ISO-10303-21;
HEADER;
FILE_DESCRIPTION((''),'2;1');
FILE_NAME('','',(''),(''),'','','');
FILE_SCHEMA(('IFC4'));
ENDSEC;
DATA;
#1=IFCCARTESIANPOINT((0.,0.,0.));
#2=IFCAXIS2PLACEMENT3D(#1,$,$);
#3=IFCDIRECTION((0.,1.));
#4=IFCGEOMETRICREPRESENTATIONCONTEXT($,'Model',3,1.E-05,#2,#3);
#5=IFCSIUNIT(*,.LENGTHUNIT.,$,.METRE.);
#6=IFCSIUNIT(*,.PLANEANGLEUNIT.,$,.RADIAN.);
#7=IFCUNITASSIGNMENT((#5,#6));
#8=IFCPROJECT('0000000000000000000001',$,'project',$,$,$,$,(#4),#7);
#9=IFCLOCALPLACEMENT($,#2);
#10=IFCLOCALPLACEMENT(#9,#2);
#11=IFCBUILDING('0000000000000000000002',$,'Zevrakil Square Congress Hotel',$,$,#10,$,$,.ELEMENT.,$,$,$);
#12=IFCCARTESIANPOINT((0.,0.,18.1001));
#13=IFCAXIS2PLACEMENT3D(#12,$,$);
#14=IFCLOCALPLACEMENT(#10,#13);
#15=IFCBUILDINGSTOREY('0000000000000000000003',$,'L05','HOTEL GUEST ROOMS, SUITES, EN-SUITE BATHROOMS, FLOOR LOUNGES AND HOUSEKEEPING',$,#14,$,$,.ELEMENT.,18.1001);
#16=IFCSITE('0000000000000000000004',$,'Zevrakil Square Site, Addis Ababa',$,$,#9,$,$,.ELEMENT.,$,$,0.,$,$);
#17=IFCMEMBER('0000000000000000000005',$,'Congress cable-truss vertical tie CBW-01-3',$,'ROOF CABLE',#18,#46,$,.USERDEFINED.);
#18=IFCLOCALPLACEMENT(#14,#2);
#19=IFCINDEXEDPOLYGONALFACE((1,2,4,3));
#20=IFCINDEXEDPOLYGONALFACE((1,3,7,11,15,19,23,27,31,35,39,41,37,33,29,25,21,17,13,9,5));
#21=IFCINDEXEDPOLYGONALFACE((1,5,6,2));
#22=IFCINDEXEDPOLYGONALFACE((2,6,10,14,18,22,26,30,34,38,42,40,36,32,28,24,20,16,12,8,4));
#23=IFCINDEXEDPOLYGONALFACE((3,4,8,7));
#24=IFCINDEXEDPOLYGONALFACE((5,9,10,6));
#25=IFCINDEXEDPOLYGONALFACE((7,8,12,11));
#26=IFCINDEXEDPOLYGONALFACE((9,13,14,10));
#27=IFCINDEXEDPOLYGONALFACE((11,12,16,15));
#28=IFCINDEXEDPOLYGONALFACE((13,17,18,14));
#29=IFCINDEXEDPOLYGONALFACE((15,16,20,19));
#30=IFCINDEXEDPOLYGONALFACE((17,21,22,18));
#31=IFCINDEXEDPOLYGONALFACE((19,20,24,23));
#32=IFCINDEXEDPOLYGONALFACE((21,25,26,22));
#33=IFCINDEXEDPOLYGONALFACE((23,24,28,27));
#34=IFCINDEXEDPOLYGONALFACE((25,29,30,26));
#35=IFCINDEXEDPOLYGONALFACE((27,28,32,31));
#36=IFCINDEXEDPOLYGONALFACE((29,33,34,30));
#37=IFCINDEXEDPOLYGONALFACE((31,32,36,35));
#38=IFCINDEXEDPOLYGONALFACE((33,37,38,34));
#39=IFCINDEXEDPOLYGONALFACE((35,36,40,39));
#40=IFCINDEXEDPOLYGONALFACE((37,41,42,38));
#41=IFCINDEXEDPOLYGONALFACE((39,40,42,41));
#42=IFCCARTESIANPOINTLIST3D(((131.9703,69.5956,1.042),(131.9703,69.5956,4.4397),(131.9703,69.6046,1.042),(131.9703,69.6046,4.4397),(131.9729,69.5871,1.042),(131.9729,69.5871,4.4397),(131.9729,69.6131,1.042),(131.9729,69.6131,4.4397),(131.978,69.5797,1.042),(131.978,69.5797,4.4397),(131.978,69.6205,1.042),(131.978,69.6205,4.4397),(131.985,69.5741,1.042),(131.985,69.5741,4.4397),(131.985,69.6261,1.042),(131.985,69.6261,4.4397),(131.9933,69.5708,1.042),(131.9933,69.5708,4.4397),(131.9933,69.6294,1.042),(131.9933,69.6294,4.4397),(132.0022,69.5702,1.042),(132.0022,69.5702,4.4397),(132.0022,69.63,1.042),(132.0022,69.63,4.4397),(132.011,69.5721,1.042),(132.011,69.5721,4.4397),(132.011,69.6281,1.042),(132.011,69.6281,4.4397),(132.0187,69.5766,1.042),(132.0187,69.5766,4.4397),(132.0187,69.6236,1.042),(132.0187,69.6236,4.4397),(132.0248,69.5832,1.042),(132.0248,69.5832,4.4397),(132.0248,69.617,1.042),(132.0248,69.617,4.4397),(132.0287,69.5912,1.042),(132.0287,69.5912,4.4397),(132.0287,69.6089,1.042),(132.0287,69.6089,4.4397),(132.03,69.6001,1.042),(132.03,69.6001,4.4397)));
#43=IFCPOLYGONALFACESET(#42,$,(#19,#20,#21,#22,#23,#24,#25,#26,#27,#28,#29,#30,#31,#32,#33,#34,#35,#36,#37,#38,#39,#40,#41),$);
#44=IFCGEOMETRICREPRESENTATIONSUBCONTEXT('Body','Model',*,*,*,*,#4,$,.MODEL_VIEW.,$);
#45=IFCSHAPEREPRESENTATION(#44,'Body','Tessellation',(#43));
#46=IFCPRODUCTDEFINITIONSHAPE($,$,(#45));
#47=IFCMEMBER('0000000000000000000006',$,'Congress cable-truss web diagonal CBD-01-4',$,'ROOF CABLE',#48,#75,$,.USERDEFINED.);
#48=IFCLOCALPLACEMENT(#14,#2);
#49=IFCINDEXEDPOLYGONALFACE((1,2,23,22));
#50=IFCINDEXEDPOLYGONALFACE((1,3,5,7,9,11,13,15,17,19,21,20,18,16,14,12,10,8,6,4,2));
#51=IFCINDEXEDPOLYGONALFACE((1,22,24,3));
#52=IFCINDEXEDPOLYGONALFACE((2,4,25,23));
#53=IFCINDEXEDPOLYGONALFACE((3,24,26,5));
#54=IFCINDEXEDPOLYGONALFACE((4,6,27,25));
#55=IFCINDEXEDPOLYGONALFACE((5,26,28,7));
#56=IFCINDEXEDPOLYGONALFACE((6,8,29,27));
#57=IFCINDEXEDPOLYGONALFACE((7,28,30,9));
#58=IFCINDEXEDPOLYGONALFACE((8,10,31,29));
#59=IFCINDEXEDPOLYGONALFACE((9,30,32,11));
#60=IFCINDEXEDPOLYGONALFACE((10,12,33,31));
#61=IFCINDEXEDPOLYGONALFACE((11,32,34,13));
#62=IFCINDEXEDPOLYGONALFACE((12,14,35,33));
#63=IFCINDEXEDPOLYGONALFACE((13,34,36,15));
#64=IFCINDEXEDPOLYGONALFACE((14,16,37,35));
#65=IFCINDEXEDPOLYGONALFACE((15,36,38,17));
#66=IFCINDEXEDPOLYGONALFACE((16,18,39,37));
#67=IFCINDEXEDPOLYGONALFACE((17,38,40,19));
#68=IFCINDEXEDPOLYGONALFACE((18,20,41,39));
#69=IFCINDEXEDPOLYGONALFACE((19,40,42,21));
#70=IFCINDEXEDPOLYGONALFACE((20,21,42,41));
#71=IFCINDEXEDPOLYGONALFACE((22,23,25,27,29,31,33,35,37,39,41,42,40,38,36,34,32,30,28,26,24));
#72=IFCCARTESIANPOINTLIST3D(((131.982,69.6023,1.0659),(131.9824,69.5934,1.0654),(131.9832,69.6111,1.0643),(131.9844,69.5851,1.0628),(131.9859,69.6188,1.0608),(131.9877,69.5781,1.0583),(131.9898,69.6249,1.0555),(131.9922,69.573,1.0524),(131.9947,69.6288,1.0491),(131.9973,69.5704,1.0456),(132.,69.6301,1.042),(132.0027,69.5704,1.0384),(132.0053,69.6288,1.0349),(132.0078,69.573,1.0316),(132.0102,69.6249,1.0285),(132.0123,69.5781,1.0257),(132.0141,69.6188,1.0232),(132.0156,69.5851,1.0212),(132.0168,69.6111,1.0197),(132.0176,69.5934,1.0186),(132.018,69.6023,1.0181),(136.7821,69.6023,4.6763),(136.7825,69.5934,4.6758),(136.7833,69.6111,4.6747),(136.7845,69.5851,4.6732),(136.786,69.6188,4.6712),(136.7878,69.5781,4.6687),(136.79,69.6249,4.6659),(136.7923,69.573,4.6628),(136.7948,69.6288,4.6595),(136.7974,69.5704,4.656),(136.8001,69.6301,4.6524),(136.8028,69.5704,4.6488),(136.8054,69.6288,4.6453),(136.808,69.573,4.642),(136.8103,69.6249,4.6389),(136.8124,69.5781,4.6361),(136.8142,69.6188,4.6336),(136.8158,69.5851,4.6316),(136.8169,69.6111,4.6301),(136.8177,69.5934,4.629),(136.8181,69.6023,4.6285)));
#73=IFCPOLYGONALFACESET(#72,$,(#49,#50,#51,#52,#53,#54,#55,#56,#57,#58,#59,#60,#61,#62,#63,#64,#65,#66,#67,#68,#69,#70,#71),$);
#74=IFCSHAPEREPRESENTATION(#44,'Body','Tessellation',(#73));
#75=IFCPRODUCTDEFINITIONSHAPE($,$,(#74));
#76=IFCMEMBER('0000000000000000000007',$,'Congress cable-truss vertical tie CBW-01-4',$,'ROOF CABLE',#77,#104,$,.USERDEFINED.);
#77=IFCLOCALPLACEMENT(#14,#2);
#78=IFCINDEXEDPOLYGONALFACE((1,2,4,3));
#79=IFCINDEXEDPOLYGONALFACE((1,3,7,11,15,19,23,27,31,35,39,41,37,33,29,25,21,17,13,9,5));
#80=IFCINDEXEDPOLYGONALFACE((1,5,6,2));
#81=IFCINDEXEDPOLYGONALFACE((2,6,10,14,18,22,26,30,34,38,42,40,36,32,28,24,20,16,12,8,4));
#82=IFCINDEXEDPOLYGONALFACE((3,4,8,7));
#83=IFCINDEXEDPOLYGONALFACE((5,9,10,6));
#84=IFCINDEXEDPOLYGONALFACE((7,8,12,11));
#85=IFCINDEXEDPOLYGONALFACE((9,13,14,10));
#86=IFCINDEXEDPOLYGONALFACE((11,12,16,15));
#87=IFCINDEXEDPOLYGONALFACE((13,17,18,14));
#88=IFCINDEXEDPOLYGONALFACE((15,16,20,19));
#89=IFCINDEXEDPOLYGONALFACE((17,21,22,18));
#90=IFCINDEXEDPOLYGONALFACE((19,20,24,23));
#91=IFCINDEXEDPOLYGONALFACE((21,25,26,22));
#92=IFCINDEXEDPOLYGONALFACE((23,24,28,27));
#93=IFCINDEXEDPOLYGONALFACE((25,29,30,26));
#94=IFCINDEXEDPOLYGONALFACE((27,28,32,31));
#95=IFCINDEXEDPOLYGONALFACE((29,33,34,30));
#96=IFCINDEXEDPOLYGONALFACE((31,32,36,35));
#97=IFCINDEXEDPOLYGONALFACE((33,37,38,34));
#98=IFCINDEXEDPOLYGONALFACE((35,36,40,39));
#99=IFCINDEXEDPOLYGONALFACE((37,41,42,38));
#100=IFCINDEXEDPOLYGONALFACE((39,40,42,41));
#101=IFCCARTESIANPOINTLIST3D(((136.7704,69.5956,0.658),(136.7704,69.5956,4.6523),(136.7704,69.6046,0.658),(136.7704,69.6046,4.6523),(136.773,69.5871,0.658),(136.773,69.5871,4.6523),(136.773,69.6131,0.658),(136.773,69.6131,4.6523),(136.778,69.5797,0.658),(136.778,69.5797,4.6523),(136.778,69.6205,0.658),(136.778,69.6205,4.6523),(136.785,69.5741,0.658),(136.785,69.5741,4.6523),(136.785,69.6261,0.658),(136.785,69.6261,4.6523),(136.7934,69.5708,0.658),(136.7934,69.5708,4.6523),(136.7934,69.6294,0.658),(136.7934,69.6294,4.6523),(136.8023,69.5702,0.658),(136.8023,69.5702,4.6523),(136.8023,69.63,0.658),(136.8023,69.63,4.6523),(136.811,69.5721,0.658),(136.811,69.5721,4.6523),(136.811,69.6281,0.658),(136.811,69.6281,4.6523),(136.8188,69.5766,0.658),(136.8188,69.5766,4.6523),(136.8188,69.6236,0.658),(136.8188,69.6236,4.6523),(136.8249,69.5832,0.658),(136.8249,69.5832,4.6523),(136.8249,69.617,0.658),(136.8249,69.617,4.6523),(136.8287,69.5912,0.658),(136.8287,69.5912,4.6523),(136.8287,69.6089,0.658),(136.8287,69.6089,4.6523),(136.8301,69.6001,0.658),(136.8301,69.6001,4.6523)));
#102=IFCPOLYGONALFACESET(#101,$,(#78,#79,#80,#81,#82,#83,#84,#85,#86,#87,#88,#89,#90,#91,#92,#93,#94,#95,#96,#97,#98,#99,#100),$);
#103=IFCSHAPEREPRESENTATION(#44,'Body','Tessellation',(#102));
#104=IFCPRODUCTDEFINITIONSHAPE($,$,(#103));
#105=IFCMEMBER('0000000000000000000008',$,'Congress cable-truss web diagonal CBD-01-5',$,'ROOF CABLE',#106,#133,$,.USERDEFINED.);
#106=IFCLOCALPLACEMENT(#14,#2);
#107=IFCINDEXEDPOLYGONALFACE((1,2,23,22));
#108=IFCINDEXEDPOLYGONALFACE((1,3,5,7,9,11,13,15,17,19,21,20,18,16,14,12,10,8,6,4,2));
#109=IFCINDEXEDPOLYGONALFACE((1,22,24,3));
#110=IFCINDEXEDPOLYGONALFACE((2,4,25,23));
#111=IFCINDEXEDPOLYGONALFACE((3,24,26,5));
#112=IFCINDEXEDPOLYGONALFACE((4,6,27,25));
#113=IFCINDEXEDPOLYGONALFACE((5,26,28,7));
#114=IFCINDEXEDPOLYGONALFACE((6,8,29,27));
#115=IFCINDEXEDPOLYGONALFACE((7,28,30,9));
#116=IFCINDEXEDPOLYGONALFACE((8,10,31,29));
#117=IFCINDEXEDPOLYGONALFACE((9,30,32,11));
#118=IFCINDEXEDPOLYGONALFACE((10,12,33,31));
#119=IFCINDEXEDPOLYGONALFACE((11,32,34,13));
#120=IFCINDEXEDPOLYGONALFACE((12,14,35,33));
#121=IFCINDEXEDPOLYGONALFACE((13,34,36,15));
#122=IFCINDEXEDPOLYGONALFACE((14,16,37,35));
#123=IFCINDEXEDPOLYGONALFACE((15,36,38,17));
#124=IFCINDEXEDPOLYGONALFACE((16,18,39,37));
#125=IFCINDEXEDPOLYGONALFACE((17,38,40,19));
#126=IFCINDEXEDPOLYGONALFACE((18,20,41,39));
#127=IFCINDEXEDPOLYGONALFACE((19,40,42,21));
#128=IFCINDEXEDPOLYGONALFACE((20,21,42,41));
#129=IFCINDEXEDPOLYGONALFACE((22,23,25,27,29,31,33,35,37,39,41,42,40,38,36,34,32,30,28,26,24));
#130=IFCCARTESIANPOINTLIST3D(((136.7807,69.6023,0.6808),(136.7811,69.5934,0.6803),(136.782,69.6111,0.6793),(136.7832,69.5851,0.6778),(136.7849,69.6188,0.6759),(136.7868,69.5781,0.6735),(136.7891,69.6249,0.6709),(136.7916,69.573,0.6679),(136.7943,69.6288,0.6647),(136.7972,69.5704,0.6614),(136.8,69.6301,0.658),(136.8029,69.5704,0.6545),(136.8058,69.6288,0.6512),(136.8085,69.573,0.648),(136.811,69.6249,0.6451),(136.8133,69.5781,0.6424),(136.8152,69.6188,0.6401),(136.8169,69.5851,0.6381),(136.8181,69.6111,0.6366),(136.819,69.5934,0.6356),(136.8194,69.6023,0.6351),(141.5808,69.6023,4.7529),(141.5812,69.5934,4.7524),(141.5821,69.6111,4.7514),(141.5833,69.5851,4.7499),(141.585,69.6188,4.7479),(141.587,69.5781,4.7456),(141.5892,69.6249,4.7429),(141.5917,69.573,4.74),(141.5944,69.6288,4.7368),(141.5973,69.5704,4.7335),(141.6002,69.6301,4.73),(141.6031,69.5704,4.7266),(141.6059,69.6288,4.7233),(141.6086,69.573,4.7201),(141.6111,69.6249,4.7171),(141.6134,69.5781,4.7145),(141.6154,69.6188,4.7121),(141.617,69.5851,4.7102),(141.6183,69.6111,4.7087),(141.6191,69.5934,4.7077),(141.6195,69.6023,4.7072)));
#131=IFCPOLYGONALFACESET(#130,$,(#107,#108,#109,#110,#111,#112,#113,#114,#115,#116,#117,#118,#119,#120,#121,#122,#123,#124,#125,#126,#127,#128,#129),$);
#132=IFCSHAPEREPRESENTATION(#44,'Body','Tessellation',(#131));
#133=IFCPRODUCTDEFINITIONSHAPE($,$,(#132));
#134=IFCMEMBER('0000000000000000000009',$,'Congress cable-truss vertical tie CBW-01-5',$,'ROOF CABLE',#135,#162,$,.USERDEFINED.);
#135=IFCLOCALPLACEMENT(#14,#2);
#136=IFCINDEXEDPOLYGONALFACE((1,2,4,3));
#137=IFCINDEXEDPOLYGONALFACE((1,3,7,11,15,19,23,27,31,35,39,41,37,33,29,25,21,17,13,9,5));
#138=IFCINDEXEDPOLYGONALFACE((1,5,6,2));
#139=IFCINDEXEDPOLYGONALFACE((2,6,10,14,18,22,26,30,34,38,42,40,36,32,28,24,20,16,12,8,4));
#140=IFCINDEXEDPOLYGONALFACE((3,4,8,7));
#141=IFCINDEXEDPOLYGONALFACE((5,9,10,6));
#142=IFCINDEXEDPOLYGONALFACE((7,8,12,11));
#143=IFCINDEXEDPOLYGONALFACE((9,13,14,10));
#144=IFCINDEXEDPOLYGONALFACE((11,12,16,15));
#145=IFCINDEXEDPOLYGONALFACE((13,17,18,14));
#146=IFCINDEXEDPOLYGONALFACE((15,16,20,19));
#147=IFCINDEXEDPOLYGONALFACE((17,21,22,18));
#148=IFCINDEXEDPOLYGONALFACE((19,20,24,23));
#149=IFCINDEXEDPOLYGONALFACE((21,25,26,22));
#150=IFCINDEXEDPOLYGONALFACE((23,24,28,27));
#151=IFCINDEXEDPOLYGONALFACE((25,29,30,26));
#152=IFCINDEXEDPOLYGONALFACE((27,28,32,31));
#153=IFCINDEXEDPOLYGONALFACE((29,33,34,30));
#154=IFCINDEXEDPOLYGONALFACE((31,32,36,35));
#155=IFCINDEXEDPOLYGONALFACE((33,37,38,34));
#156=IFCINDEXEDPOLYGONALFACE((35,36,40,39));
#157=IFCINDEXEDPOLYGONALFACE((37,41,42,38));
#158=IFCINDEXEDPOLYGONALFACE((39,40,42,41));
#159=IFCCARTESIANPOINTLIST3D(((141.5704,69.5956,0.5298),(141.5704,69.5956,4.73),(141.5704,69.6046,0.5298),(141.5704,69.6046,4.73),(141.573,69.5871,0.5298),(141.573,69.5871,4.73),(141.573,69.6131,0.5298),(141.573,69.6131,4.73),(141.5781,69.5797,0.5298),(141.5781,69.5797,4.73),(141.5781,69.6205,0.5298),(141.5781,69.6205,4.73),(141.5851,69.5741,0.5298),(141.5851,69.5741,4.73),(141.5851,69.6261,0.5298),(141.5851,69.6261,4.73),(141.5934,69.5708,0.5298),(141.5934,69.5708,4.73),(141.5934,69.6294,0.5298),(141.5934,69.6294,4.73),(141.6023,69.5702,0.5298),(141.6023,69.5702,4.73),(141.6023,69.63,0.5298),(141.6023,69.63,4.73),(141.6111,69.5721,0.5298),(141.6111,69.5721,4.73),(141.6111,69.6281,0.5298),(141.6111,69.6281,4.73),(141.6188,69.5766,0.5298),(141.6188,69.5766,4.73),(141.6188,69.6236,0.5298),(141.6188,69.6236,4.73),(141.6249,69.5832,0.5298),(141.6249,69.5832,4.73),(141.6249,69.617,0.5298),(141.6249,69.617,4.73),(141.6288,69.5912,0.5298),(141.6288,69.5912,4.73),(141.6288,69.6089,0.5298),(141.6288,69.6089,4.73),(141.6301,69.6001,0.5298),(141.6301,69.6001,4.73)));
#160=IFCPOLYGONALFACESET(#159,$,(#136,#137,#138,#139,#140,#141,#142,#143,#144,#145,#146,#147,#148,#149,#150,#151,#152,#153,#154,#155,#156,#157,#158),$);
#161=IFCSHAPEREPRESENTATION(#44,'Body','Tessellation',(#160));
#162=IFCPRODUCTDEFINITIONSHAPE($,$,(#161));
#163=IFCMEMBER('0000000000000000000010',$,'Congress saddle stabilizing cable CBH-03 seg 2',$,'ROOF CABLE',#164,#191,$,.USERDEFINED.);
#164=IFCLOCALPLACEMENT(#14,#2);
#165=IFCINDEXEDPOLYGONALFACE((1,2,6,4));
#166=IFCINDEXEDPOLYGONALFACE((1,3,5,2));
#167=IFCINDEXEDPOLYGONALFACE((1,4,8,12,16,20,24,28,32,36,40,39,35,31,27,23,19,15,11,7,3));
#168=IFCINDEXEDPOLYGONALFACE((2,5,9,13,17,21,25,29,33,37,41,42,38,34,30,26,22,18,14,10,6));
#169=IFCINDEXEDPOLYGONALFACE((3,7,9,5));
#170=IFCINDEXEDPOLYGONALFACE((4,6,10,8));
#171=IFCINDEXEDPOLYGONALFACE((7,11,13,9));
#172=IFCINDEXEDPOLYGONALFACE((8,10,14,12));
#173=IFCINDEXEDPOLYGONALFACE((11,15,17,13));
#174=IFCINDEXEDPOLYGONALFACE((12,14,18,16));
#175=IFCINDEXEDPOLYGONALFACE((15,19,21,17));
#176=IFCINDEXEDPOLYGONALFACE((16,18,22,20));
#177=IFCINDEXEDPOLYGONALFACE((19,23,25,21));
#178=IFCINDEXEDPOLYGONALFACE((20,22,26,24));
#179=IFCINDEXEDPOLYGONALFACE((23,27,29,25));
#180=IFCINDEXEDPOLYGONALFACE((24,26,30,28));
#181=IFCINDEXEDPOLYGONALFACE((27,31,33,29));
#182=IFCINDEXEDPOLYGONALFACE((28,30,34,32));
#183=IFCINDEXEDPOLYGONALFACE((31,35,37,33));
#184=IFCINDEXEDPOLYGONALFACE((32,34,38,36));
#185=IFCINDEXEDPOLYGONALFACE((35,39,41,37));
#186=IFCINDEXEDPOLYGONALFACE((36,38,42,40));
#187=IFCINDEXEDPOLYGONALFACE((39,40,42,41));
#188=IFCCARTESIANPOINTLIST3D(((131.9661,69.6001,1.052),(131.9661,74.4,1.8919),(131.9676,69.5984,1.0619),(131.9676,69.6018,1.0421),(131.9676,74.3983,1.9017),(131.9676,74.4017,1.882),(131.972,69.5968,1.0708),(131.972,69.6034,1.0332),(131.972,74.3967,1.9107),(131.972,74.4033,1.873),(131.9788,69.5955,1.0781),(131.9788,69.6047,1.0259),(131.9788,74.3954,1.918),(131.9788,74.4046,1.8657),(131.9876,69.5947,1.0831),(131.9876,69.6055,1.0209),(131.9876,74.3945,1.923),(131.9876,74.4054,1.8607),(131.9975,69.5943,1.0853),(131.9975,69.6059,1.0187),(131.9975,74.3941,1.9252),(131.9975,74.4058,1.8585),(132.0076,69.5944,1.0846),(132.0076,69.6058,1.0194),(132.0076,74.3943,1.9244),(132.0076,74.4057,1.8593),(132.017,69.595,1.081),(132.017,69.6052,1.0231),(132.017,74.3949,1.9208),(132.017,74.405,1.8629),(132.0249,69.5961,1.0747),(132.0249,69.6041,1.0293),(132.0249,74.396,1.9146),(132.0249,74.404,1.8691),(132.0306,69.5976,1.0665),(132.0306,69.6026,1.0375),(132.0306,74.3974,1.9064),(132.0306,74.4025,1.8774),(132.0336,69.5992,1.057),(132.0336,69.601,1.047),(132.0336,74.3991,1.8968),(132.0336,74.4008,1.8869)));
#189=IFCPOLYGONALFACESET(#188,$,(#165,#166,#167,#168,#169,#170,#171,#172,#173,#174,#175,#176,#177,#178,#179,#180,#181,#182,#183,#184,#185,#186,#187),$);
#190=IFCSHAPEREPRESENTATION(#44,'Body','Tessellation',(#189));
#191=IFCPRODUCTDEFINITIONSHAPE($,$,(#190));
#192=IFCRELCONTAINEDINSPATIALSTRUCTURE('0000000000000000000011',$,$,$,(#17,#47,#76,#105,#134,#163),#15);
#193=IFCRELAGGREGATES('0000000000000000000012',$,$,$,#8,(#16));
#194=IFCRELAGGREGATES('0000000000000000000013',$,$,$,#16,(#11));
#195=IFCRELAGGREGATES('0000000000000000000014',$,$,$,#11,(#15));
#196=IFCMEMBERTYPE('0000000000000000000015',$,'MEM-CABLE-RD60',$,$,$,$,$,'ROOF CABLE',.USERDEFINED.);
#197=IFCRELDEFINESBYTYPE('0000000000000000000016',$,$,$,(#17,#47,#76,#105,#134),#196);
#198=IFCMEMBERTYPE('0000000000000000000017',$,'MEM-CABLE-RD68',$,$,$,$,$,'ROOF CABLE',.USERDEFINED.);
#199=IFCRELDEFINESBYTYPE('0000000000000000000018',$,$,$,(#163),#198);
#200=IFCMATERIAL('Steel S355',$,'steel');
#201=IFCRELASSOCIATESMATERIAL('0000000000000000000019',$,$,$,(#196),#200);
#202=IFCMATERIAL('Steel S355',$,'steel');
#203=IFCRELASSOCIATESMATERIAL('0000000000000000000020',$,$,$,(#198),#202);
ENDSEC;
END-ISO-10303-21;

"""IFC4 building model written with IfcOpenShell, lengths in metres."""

from ifc_helpers import new_model, si_unit, direction, frame, origin, origin_2d, place, context, subcontext, project, spatial, circle, extrude, material, material_profile, profile_set, type_object, element, save


model = new_model("IFC4")

# Units and contexts
model_context = context("Model", 3, precision=1e-05, world=origin(), true_north=direction((0.0, 1.0)))
body_context = subcontext(model_context, "Body", "Model", "MODEL_VIEW")
ifc_project = project(units=[si_unit("LENGTHUNIT", "METRE"), si_unit("PLANEANGLEUNIT", "RADIAN")], contexts=[model_context])

# Site, building, storey
site_placement = place(None, origin())
site = spatial("IfcSite", under=ifc_project, at=site_placement, Name="Zevrakil Square Site, Addis Ababa", CompositionType="ELEMENT", RefElevation=0.0)
building_placement = place(site_placement, origin())
building = spatial("IfcBuilding", under=site, at=building_placement, Name="Zevrakil Square Congress Hotel", CompositionType="ELEMENT")
storey_placement = place(building_placement, frame((0.0, 0.0, 18.1001)))
storey = spatial("IfcBuildingStorey", under=building, at=storey_placement, Name="L05", Description="HOTEL GUEST ROOMS, SUITES, EN-SUITE BATHROOMS, FLOOR LOUNGES AND HOUSEKEEPING", CompositionType="ELEMENT", Elevation=18.1001)

# Members
ifc_material_1 = material(Name="Steel S355", Category="steel")
ifc_material_profile_1 = material_profile(ifc_material_1, circle(Radius=0.03, at=origin_2d()), Name="CABLE RD60")
ifc_profile_set_1 = profile_set([ifc_material_profile_1], Name="Steel S355")
member_type_1 = type_object("IfcMemberType", Name="MEM-CABLE-RD60", ElementType="ROOF CABLE", PredefinedType="USERDEFINED", material=ifc_profile_set_1)
member_1_placement = place(storey_placement, frame((132.0, 69.6001, 1.042), z_axis=(0.0, 0.0, 1.0), x_axis=(1.0, 0.0, 0.0)))
element("IfcMember", 1, at=member_1_placement, inside=storey, type_object=member_type_1, Name="Congress cable-truss vertical tie CBW-01-3", ObjectType="ROOF CABLE", PredefinedType="USERDEFINED", context=body_context, shape_type="SweptSolid", body=[
    extrude(circle(Radius=0.03, at=origin_2d()), origin(), (0.0, 0.0, 1.0), 3.3977),
])
member_2_placement = place(storey_placement, frame((132.0, 69.6001, 1.042), z_axis=(0.799175, 0.0, 0.601099), x_axis=(0.0, 1.0, 0.0)))
element("IfcMember", 2, at=member_2_placement, inside=storey, type_object=member_type_1, Name="Congress cable-truss web diagonal CBD-01-4", ObjectType="ROOF CABLE", PredefinedType="USERDEFINED", context=body_context, shape_type="SweptSolid", body=[
    extrude(circle(Radius=0.03, at=origin_2d()), origin(), (0.0, 0.0, 1.0), 6.0063),
])
member_3_placement = place(storey_placement, frame((136.8, 69.6001, 0.658), z_axis=(0.0, 0.0, 1.0), x_axis=(1.0, 0.0, 0.0)))
element("IfcMember", 3, at=member_3_placement, inside=storey, type_object=member_type_1, Name="Congress cable-truss vertical tie CBW-01-4", ObjectType="ROOF CABLE", PredefinedType="USERDEFINED", context=body_context, shape_type="SweptSolid", body=[
    extrude(circle(Radius=0.03, at=origin_2d()), origin(), (0.0, 0.0, 1.0), 3.9944),
])
member_4_placement = place(storey_placement, frame((136.8, 69.6001, 0.658), z_axis=(0.762568, 0.0, 0.646908), x_axis=(0.0, 1.0, 0.0)))
element("IfcMember", 4, at=member_4_placement, inside=storey, type_object=member_type_1, Name="Congress cable-truss web diagonal CBD-01-5", ObjectType="ROOF CABLE", PredefinedType="USERDEFINED", context=body_context, shape_type="SweptSolid", body=[
    extrude(circle(Radius=0.03, at=origin_2d()), origin(), (0.0, 0.0, 1.0), 6.2947),
])
member_5_placement = place(storey_placement, frame((141.6001, 69.6001, 0.5298), z_axis=(0.0, 0.0, 1.0), x_axis=(1.0, 0.0, 0.0)))
element("IfcMember", 5, at=member_5_placement, inside=storey, type_object=member_type_1, Name="Congress cable-truss vertical tie CBW-01-5", ObjectType="ROOF CABLE", PredefinedType="USERDEFINED", context=body_context, shape_type="SweptSolid", body=[
    extrude(circle(Radius=0.03, at=origin_2d()), origin(), (0.0, 0.0, 1.0), 4.2002),
])
ifc_material_2 = material(Name="Steel S355", Category="steel")
ifc_material_profile_2 = material_profile(ifc_material_2, circle(Radius=0.0339, at=origin_2d()), Name="CABLE RD68")
ifc_profile_set_2 = profile_set([ifc_material_profile_2], Name="Steel S355")
member_type_2 = type_object("IfcMemberType", Name="MEM-CABLE-RD68", ElementType="ROOF CABLE", PredefinedType="USERDEFINED", material=ifc_profile_set_2)
member_6_placement = place(storey_placement, frame((132.0, 69.6001, 1.052), z_axis=(0.0, 0.985035, 0.172356), x_axis=(-1.0, 0.0, 0.0)))
element("IfcMember", 6, at=member_6_placement, inside=storey, type_object=member_type_2, Name="Congress saddle stabilizing cable CBH-03 seg 2", ObjectType="ROOF CABLE", PredefinedType="USERDEFINED", context=body_context, shape_type="SweptSolid", body=[
    extrude(circle(Radius=0.0339, at=origin_2d()), origin(), (0.0, 0.0, 1.0), 4.8728),
])

save(model, "model.ifc")
